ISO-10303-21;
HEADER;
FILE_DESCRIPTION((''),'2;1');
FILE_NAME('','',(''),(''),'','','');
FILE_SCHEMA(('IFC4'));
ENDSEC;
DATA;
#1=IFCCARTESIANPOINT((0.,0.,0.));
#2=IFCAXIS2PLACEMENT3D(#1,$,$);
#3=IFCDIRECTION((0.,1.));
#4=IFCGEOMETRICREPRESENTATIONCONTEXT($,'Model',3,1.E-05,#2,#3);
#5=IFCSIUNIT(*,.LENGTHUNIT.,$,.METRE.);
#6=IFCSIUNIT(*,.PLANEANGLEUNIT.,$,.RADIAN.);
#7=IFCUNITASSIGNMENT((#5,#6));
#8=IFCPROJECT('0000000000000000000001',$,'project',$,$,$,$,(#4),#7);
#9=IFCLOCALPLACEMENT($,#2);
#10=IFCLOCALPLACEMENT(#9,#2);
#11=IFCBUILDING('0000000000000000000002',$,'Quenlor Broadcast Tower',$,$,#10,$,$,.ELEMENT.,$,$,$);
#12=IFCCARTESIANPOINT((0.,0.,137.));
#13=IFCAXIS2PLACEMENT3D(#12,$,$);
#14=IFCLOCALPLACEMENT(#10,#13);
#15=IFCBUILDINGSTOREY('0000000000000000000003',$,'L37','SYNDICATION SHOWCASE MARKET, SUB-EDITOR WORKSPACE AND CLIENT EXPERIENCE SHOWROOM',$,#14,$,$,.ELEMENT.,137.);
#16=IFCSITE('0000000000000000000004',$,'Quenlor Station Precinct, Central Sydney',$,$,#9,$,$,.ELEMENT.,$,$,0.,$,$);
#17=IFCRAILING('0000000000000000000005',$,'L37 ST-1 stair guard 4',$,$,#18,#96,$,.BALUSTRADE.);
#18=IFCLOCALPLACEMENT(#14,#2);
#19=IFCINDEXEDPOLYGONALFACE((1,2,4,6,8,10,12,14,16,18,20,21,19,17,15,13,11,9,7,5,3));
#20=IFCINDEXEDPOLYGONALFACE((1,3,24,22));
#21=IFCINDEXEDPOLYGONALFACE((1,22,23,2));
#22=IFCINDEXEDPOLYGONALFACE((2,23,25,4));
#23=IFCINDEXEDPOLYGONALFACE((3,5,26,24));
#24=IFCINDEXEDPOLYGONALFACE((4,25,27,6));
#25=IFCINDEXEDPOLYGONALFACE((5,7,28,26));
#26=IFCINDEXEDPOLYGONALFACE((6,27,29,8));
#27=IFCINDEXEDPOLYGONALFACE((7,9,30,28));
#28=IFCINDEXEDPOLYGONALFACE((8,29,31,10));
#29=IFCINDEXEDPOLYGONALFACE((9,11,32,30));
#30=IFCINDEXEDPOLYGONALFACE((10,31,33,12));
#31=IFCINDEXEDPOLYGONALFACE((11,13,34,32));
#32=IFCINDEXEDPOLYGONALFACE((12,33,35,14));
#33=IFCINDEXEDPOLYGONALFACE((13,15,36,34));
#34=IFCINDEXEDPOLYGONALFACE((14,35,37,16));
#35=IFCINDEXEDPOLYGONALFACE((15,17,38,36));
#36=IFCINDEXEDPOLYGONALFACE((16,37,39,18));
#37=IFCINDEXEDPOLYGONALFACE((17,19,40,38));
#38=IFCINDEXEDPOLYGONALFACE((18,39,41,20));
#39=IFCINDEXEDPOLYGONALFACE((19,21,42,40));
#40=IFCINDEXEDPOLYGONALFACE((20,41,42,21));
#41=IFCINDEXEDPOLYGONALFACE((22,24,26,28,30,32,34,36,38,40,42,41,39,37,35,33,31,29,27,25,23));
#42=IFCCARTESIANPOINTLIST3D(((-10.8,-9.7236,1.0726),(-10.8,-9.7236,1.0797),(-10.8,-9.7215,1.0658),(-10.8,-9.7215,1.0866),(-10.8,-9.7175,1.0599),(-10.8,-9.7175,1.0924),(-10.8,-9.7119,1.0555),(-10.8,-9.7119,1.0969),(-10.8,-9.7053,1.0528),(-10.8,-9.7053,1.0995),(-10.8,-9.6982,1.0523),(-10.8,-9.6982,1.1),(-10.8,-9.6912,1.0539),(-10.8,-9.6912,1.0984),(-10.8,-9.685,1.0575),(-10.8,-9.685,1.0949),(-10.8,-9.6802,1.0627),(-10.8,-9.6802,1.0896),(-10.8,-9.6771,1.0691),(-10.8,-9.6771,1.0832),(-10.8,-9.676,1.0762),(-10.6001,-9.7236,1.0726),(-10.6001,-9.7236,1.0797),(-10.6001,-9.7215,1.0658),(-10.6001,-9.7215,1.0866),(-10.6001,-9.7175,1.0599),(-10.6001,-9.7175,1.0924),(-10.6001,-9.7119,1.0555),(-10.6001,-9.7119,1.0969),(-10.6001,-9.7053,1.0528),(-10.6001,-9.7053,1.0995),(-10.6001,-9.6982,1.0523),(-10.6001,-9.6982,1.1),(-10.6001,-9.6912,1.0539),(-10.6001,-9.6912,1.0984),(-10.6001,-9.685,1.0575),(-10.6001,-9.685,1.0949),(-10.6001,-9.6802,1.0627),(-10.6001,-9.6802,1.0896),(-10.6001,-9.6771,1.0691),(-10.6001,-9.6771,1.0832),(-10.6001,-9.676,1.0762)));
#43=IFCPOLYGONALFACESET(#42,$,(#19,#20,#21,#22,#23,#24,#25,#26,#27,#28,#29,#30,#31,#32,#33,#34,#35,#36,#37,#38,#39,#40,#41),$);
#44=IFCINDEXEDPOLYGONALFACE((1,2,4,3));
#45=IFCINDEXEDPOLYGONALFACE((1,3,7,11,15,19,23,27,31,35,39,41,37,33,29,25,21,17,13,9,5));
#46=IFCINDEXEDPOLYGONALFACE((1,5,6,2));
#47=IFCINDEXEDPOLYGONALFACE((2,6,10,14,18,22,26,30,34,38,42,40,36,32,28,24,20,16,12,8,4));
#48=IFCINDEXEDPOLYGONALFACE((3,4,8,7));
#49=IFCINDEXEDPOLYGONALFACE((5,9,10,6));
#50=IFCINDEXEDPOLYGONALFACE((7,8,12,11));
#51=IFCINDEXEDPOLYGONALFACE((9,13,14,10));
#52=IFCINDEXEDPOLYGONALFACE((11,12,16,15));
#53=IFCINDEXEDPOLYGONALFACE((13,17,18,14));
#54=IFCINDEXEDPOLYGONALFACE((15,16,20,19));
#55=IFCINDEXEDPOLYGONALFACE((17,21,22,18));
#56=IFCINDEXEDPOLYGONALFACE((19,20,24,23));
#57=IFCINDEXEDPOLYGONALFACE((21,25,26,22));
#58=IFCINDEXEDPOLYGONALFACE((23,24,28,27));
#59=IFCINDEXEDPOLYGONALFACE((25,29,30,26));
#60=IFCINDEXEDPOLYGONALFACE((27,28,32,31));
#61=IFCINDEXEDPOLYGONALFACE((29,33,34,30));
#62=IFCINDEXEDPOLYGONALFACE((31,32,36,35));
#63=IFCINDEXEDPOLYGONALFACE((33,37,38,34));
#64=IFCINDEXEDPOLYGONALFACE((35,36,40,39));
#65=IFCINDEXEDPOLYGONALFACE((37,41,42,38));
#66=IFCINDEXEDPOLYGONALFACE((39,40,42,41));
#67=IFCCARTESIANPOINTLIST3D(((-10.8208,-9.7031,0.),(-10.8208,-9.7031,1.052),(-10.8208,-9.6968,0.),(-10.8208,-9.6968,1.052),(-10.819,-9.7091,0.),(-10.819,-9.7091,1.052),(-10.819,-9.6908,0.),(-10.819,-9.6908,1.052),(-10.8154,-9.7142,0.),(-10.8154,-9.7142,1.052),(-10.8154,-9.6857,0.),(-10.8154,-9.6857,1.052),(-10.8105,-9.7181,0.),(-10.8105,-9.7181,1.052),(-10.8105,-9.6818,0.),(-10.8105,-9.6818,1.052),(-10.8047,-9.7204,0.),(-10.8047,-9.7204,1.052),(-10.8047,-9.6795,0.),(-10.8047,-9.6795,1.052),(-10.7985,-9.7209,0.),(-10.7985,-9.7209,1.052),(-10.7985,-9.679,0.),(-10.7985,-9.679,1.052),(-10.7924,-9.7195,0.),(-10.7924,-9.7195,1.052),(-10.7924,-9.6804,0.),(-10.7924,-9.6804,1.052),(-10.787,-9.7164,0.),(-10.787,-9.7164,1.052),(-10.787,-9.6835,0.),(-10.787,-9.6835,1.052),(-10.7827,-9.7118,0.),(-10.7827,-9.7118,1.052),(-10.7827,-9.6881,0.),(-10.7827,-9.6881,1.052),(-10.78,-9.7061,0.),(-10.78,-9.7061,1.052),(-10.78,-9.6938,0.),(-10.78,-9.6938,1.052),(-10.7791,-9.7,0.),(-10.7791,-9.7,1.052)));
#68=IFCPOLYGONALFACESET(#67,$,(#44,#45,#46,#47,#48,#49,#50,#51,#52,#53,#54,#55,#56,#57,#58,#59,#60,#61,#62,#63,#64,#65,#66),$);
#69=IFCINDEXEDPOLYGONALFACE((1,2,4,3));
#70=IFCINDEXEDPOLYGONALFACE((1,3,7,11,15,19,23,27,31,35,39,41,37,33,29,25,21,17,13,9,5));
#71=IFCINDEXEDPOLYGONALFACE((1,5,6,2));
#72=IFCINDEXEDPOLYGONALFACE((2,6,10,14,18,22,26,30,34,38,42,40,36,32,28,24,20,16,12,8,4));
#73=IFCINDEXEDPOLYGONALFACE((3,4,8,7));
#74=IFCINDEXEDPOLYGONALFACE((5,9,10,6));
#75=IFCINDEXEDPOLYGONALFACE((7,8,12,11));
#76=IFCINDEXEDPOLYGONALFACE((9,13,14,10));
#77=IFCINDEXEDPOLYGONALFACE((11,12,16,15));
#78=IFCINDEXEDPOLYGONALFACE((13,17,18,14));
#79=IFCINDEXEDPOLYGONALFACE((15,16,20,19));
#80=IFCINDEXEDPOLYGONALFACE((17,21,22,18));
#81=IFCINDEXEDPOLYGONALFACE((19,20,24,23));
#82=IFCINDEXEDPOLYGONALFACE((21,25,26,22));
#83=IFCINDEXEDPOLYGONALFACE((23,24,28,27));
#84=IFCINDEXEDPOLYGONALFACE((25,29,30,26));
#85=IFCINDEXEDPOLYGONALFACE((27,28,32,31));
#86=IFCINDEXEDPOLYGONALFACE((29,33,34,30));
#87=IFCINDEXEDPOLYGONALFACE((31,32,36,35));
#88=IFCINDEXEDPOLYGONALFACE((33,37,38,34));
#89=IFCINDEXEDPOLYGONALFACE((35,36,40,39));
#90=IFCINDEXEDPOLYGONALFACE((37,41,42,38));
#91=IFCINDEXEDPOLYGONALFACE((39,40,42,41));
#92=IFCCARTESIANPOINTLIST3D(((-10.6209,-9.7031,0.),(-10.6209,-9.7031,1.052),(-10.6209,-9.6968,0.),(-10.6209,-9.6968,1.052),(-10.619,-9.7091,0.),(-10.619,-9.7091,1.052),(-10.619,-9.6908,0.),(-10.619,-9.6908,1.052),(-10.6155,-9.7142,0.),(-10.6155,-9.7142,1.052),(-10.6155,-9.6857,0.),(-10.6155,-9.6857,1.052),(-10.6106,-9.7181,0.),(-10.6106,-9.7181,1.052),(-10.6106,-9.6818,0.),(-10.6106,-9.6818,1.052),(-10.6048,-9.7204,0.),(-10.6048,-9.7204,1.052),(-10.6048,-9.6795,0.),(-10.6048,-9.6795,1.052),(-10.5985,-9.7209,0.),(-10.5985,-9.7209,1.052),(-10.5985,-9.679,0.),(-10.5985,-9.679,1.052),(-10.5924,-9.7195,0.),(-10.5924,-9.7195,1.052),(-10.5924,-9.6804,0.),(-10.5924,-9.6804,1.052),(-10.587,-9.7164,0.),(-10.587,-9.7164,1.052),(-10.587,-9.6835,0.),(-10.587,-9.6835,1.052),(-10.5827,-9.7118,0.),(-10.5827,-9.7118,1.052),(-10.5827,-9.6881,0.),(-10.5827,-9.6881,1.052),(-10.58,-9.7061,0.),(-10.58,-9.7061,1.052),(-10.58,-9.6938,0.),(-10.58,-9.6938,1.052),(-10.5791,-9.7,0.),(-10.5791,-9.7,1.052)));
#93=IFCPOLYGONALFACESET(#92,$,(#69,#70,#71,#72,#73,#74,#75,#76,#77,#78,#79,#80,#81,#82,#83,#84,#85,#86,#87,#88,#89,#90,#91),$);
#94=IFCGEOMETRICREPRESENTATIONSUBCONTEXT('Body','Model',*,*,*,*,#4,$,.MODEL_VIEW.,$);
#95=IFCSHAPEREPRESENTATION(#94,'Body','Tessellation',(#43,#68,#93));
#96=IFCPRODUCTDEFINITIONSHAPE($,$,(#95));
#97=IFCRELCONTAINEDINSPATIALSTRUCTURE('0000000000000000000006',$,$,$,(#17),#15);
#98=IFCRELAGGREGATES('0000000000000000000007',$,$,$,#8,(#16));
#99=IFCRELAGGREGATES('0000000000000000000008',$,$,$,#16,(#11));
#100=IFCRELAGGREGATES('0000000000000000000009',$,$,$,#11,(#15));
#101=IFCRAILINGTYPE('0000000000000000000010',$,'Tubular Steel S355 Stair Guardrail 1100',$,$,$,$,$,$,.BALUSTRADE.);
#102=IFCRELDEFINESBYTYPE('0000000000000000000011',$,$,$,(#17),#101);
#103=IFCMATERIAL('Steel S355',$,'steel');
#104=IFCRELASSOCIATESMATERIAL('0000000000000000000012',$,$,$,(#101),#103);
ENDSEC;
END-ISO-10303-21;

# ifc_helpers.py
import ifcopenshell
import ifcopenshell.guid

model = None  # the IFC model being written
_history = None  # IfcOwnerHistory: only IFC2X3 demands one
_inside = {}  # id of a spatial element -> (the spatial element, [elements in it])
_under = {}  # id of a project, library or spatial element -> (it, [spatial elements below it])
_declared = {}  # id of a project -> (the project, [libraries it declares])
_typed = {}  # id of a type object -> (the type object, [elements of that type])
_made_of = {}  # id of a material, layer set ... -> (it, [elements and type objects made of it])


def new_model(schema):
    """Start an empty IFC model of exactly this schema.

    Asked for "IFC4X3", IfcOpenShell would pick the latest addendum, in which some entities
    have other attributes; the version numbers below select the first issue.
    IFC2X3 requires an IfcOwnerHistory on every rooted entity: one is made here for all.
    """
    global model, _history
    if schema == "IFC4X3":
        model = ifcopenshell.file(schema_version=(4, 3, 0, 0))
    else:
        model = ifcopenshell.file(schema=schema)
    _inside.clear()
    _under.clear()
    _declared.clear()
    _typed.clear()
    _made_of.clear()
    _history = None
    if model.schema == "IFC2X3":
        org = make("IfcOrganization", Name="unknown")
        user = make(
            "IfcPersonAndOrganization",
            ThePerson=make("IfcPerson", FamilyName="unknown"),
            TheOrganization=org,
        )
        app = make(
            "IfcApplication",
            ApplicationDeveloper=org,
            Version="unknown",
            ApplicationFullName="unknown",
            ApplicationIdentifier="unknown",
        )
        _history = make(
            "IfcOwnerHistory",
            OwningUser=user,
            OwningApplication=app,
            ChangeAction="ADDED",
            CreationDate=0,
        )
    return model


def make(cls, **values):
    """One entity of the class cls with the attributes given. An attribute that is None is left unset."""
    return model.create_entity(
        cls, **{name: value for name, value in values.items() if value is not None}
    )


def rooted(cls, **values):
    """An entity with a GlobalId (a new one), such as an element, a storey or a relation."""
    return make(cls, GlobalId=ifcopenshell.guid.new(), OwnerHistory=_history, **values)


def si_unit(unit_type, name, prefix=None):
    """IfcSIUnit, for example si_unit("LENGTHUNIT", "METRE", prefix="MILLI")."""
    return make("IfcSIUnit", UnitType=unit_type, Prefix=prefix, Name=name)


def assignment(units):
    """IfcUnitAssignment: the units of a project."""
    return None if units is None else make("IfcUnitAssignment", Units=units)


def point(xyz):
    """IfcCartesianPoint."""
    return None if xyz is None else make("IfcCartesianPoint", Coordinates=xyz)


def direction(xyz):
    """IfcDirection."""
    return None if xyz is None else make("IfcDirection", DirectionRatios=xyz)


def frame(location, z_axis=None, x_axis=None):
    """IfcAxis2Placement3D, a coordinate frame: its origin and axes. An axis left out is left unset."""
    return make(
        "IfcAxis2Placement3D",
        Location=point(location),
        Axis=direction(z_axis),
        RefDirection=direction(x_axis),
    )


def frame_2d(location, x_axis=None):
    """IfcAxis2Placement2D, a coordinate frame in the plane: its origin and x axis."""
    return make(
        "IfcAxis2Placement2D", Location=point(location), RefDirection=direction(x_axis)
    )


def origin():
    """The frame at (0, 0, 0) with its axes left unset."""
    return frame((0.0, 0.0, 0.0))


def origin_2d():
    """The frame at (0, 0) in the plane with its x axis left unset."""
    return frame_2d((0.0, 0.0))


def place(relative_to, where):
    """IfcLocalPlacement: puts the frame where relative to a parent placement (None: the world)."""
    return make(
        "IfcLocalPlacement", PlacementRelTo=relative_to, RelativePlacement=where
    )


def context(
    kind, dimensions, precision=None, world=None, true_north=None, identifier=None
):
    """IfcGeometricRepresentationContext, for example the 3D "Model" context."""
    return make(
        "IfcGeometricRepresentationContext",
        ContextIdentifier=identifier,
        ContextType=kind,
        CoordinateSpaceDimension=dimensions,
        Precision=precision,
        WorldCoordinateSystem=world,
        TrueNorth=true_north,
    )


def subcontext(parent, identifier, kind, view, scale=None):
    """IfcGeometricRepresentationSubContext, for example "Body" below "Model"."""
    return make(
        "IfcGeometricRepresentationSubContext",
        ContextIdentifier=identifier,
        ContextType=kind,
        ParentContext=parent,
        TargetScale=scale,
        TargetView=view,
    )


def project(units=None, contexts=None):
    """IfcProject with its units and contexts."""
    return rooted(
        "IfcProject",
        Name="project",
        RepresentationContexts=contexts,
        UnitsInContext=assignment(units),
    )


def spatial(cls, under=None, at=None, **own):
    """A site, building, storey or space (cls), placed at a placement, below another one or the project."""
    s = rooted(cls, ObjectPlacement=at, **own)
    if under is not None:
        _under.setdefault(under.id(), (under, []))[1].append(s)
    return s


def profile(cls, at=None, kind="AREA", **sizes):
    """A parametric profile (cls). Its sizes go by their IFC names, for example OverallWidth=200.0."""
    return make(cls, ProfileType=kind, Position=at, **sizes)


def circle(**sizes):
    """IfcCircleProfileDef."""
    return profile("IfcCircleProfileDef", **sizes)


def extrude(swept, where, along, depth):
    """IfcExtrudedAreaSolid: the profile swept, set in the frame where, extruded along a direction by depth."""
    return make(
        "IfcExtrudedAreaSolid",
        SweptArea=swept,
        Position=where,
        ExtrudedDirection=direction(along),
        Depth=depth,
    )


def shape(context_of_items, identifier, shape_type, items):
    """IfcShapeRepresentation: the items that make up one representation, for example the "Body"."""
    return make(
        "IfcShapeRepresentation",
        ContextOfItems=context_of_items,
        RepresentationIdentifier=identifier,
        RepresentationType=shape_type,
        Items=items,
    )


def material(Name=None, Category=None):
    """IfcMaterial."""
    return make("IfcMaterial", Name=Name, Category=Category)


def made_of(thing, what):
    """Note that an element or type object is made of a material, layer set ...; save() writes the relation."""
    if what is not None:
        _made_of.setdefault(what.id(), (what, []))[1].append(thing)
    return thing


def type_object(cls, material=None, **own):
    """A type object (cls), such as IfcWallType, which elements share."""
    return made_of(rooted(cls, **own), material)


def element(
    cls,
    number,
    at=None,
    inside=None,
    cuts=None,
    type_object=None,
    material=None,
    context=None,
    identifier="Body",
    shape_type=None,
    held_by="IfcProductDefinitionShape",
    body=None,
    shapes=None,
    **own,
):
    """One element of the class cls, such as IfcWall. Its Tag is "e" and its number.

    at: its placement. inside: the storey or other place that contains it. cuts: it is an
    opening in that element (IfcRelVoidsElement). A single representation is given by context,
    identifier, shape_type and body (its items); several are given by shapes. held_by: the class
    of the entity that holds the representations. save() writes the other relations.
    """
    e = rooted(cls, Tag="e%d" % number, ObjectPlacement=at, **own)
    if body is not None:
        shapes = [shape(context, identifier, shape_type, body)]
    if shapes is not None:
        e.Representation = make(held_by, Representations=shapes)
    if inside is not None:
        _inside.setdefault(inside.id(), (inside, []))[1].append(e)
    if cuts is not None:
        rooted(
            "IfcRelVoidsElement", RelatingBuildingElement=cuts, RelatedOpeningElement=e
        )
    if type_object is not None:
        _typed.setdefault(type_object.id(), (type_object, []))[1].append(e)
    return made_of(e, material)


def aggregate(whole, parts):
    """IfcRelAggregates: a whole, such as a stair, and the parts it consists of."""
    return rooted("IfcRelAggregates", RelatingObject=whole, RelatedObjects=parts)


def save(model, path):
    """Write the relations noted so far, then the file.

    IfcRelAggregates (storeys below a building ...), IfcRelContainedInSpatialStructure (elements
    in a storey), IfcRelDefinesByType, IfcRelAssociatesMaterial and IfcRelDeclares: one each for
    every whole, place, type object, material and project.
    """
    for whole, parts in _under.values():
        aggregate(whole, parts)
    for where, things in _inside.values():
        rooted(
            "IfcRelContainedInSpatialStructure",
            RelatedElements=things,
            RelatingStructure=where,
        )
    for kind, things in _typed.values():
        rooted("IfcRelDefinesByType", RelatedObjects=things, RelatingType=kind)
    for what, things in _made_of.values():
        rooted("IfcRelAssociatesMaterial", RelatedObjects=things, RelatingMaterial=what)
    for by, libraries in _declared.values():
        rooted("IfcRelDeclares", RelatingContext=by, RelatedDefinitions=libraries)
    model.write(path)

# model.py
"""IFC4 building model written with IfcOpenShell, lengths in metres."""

from ifc_helpers import new_model, si_unit, direction, frame, origin, origin_2d, place, context, subcontext, project, spatial, circle, extrude, material, type_object, element, save


model = new_model("IFC4")

# Units and contexts
model_context = context("Model", 3, precision=1e-05, world=origin(), true_north=direction((0.0, 1.0)))
body_context = subcontext(model_context, "Body", "Model", "MODEL_VIEW")
ifc_project = project(units=[si_unit("LENGTHUNIT", "METRE"), si_unit("PLANEANGLEUNIT", "RADIAN")], contexts=[model_context])

# Site, building, storey
site_placement = place(None, origin())
site = spatial("IfcSite", under=ifc_project, at=site_placement, Name="Quenlor Station Precinct, Central Sydney", CompositionType="ELEMENT", RefElevation=0.0)
building_placement = place(site_placement, origin())
building = spatial("IfcBuilding", under=site, at=building_placement, Name="Quenlor Broadcast Tower", CompositionType="ELEMENT")
storey_placement = place(building_placement, frame((0.0, 0.0, 137.0)))
storey = spatial("IfcBuildingStorey", under=building, at=storey_placement, Name="L37", Description="SYNDICATION SHOWCASE MARKET, SUB-EDITOR WORKSPACE AND CLIENT EXPERIENCE SHOWROOM", CompositionType="ELEMENT", Elevation=137.0)

# Railing
ifc_material_1 = material(Name="Steel S355", Category="steel")
railing_type_1 = type_object("IfcRailingType", Name="Tubular Steel S355 Stair Guardrail 1100", PredefinedType="BALUSTRADE", material=ifc_material_1)
railing_1_placement = place(storey_placement, frame((-10.8, -9.7, 0.0)))
element("IfcRailing", 1, at=railing_1_placement, inside=storey, type_object=railing_type_1, Name="L37 ST-1 stair guard 4", PredefinedType="BALUSTRADE", context=body_context, shape_type="SweptSolid", body=[
    extrude(circle(Radius=0.0239, at=origin_2d()), frame((0.0, 0.0, 1.0762), z_axis=(1.0, 0.0, 0.0), x_axis=(0.0, 1.0, 0.0)), (0.0, 0.0, 1.0), 0.2),
    extrude(circle(Radius=0.021, at=origin_2d()), origin(), (0.0, 0.0, 1.0), 1.052),
    extrude(circle(Radius=0.021, at=origin_2d()), frame((0.2, 0.0, 0.0)), (0.0, 0.0, 1.0), 1.052),
])

save(model, "model.ifc")
